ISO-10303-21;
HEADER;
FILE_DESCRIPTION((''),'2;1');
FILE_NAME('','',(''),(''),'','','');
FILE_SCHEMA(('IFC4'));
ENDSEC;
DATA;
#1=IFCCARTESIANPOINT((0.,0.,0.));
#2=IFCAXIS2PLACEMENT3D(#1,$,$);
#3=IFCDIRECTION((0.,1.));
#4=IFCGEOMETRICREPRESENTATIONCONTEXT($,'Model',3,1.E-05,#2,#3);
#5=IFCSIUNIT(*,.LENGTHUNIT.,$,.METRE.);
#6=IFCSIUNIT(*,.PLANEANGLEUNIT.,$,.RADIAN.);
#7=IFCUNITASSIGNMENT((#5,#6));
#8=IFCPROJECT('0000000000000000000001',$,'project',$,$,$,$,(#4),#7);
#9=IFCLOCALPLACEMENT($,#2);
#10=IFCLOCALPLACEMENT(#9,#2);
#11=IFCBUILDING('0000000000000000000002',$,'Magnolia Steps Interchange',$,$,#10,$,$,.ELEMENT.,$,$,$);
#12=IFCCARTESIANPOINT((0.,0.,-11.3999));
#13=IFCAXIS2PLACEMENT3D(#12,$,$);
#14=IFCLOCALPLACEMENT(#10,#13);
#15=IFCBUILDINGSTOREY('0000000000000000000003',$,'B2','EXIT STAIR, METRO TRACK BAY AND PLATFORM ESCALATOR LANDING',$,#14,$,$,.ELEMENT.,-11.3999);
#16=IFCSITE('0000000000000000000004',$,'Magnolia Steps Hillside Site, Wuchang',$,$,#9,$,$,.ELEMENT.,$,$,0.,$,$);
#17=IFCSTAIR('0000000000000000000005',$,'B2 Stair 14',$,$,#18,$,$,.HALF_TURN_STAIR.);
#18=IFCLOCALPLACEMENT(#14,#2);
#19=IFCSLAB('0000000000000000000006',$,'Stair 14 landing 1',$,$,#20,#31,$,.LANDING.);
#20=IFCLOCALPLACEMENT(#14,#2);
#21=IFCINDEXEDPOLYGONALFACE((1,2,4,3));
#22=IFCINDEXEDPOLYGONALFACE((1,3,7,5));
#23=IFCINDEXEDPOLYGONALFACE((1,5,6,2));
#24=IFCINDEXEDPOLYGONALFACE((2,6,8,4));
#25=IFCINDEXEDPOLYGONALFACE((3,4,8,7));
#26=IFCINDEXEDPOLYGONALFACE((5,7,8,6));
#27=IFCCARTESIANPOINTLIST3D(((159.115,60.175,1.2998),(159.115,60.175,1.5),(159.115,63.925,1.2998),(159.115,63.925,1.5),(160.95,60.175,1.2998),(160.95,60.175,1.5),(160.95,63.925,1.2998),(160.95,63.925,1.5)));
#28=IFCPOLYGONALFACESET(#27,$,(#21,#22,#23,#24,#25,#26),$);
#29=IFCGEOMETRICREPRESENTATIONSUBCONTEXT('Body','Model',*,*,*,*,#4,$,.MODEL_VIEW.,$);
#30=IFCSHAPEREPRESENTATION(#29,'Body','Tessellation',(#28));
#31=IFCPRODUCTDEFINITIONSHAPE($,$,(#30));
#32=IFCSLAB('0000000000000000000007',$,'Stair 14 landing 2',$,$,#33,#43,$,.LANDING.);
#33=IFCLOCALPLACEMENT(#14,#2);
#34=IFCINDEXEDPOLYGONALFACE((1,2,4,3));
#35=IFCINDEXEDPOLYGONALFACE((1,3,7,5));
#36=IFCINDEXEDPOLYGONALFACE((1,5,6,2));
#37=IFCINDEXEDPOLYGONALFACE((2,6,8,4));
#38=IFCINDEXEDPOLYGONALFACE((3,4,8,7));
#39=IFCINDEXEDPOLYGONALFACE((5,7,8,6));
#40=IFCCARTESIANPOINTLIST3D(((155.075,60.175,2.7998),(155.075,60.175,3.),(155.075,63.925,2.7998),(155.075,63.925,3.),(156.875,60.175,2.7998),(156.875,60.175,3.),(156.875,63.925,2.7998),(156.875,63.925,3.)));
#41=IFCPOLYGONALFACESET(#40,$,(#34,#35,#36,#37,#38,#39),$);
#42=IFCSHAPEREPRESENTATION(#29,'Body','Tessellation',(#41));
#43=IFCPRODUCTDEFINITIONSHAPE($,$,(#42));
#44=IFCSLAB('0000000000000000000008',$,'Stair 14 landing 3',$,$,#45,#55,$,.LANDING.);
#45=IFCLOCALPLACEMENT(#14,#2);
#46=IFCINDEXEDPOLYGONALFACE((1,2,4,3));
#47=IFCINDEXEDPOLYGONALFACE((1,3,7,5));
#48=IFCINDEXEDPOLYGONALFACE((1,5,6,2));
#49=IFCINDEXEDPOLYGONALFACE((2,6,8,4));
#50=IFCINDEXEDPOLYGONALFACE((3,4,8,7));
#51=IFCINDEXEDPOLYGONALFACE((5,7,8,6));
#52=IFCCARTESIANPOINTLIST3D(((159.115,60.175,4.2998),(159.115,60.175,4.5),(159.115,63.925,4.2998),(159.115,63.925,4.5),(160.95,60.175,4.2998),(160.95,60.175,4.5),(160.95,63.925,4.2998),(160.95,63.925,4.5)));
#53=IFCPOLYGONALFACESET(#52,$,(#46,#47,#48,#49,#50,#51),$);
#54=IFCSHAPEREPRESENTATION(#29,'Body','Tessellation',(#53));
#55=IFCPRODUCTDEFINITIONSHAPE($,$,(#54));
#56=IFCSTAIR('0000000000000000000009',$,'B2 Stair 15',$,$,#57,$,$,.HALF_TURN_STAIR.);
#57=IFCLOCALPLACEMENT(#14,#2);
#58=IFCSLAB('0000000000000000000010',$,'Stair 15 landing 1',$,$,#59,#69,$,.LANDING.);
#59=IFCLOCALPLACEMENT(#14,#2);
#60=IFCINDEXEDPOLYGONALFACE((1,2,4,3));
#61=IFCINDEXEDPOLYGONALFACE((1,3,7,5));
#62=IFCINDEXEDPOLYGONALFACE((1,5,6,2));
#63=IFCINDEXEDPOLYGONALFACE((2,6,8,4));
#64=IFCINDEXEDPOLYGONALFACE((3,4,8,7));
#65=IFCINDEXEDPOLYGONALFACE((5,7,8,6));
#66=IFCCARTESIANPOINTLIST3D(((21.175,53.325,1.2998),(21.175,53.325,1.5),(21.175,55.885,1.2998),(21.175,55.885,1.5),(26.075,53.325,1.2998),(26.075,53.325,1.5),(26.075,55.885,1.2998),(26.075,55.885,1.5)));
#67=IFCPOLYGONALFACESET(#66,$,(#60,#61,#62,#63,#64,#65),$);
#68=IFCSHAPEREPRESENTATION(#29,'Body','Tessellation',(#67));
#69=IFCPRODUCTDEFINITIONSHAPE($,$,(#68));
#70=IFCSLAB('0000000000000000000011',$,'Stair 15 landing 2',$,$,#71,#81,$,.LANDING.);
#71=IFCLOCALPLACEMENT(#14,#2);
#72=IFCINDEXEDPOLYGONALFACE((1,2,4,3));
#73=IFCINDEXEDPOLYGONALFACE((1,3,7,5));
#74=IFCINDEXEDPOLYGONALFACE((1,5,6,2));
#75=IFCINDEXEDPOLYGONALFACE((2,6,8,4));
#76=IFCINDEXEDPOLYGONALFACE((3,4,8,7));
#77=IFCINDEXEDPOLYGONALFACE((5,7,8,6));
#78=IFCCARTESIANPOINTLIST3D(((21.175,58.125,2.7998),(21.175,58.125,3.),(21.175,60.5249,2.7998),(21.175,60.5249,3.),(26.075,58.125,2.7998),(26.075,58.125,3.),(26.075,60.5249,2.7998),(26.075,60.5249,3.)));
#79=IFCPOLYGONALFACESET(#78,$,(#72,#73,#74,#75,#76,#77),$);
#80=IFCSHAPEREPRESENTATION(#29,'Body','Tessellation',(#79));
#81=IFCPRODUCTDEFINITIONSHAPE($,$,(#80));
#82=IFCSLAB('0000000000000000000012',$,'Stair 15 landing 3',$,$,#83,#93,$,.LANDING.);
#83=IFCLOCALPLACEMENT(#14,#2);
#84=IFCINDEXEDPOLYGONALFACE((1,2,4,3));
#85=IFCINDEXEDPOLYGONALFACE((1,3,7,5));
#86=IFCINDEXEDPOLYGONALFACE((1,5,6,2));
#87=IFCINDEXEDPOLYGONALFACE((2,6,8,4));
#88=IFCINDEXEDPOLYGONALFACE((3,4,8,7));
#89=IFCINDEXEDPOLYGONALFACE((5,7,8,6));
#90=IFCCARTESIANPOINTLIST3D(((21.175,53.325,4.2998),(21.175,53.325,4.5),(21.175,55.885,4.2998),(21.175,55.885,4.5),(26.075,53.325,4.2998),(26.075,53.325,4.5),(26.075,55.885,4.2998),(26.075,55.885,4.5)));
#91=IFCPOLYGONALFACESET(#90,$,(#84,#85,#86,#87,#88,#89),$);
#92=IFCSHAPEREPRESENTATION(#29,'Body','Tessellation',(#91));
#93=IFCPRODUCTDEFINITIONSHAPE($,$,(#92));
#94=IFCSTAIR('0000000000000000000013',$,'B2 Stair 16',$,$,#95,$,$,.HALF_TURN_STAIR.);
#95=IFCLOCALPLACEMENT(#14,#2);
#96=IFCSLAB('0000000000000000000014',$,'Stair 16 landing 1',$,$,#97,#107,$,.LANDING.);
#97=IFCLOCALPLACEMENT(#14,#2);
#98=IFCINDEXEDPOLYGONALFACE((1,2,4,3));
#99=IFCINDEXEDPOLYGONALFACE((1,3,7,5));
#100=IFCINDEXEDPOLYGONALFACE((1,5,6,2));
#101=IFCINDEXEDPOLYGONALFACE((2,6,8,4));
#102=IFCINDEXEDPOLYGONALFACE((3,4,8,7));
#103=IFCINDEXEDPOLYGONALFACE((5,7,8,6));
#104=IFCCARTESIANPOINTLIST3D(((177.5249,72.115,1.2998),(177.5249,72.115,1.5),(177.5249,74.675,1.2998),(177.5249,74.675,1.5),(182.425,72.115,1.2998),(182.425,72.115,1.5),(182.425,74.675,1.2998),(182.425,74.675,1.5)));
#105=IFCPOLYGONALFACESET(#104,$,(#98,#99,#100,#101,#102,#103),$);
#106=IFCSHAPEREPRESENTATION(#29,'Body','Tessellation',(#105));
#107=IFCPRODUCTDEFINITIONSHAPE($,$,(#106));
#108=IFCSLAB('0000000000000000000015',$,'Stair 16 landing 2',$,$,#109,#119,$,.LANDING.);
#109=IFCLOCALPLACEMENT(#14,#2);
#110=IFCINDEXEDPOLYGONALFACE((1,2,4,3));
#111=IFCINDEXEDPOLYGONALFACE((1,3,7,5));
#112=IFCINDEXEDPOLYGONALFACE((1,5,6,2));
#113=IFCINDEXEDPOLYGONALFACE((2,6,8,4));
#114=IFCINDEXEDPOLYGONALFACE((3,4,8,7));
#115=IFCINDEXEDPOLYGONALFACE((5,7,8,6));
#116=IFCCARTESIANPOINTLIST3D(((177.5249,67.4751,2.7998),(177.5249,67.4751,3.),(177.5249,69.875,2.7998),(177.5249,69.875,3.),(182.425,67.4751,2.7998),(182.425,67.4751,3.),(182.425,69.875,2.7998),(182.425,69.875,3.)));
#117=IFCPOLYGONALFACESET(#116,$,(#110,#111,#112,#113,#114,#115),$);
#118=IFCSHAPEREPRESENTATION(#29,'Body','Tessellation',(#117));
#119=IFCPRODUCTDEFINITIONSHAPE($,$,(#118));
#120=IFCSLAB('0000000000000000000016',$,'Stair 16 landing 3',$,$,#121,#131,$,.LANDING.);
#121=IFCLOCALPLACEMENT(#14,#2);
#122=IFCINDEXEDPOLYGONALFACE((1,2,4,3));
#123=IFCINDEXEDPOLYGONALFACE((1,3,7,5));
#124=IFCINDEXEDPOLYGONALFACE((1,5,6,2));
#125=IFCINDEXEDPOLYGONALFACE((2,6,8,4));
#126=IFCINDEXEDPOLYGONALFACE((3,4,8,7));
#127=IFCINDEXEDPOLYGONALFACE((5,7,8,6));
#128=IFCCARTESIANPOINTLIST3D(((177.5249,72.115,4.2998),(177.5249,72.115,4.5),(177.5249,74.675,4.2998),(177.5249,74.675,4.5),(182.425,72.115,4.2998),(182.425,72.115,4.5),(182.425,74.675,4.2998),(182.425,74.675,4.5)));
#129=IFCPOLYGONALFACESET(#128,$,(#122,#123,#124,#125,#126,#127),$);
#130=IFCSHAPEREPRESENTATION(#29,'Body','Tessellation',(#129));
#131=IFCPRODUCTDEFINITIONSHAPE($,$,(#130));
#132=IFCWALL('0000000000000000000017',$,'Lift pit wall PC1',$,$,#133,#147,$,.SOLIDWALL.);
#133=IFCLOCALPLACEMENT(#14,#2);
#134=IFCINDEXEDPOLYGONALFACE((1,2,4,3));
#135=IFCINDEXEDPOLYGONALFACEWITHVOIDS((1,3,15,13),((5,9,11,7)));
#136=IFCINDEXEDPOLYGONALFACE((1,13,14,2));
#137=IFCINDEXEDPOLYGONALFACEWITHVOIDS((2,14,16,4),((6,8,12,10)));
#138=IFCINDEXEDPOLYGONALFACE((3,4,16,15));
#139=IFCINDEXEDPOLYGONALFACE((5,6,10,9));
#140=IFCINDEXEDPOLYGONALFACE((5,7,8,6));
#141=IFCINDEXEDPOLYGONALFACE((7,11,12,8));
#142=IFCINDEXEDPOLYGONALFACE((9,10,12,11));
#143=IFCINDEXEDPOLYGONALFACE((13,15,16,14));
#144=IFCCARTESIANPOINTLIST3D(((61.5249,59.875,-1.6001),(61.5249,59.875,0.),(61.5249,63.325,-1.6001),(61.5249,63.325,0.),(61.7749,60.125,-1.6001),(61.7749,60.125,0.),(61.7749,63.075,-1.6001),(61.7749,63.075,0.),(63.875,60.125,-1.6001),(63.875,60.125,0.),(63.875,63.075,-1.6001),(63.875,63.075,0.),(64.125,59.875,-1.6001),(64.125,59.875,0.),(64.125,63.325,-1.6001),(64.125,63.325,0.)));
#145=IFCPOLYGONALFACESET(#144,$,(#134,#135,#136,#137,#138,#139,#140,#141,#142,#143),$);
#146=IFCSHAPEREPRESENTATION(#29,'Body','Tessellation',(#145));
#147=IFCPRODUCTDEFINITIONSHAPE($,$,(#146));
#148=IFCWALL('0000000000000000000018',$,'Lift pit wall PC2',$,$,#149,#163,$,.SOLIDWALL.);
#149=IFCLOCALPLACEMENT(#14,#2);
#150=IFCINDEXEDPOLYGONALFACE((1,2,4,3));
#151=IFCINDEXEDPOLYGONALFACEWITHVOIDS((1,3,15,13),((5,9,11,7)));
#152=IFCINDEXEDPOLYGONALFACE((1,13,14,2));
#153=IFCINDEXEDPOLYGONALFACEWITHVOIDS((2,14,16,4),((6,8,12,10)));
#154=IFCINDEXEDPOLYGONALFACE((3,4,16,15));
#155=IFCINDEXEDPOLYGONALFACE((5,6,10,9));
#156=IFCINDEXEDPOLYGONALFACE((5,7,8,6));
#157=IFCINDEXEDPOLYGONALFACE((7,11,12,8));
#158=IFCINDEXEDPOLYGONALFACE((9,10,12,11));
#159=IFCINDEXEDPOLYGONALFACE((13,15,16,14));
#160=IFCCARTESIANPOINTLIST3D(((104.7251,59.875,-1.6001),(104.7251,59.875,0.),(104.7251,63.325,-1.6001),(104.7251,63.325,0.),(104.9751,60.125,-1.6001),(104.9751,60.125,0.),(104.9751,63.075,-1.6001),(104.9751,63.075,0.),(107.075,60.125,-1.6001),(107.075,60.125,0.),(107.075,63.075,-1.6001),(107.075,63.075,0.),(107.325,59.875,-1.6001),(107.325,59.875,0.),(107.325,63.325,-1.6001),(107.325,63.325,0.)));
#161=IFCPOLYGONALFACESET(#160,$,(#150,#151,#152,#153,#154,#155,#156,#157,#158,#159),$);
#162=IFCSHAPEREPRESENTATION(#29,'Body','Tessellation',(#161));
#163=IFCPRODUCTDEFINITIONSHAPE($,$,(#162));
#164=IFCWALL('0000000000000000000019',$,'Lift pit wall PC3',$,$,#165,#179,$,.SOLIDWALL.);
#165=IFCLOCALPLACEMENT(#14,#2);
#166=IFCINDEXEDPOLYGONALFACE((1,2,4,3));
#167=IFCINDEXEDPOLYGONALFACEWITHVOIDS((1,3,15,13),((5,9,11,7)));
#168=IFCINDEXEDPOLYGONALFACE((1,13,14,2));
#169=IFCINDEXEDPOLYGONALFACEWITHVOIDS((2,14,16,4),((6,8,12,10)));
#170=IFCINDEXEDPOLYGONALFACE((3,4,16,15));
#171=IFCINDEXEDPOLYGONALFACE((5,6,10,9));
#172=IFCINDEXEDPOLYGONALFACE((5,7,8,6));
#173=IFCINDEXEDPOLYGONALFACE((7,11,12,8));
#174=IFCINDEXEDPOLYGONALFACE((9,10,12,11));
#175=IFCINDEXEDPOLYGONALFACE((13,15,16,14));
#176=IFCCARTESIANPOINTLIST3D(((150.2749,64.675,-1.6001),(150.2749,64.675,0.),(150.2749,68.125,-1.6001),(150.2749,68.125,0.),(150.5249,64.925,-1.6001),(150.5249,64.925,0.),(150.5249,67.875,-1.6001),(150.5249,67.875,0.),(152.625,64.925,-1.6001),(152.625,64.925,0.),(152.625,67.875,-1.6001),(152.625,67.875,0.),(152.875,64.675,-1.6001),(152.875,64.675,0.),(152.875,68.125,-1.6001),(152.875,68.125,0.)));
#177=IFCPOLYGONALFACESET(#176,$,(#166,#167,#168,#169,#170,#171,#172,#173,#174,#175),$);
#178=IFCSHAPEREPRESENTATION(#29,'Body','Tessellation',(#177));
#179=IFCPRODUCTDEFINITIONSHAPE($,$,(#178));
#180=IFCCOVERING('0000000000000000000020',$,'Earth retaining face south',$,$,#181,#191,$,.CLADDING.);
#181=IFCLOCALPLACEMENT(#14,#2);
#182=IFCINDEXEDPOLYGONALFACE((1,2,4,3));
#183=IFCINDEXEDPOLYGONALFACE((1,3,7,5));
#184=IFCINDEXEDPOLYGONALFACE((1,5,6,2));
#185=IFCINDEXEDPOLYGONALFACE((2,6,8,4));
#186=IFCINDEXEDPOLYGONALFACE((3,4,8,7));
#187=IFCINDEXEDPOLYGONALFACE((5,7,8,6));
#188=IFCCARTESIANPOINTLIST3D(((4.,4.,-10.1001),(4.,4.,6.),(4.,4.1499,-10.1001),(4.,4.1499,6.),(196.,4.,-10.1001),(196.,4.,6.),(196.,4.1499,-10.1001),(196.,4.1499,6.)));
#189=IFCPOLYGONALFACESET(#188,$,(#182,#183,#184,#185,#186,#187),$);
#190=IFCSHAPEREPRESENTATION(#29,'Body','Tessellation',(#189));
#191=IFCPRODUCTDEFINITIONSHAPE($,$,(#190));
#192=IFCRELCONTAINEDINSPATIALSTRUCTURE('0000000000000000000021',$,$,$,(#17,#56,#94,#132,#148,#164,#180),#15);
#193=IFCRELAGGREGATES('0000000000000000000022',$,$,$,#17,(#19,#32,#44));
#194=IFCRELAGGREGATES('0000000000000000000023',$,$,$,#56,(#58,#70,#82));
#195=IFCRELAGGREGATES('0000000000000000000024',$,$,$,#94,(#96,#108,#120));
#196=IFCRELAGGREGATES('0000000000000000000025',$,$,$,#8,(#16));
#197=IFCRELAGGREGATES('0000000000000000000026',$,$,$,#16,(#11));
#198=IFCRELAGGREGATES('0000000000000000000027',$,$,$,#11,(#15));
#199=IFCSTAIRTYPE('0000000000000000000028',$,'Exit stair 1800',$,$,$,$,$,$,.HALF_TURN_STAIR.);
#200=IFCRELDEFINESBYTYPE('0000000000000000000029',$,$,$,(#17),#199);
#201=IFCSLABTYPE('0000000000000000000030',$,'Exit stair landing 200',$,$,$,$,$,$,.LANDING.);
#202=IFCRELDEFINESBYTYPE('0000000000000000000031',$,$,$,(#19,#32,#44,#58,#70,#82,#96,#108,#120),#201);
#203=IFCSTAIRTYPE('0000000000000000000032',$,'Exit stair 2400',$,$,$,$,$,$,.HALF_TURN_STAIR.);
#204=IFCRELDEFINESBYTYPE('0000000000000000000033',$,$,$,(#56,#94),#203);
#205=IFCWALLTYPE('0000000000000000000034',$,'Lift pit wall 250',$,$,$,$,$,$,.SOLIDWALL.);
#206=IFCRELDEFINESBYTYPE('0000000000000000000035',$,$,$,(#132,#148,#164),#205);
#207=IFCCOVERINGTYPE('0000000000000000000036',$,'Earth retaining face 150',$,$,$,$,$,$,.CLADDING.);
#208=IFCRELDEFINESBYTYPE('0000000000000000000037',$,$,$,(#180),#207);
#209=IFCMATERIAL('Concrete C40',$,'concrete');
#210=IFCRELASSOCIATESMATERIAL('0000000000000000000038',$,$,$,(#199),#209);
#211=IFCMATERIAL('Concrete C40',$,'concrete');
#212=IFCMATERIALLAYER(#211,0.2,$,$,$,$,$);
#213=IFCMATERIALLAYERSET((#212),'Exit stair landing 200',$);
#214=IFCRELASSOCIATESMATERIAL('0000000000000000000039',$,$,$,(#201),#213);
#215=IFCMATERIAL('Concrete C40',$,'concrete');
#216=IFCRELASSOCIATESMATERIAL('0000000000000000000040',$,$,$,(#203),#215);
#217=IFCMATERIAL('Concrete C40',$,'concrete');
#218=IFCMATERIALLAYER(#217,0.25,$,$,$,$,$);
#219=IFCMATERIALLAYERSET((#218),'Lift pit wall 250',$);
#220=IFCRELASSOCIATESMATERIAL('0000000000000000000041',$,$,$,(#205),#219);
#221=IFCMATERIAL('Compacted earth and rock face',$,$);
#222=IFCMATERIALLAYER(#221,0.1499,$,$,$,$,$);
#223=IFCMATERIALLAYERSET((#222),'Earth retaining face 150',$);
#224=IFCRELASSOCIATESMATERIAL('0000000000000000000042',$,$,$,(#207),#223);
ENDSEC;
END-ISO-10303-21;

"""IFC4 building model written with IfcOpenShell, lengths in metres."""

from ifc_helpers import new_model, si_unit, direction, frame, frame_2d, origin, place, context, subcontext, project, spatial, polyline, rectangle, outline, extrude, material, layer, layer_set, type_object, element, aggregate, save


model = new_model("IFC4")

# Units and contexts
model_context = context("Model", 3, precision=1e-05, world=origin(), true_north=direction((0.0, 1.0)))
body_context = subcontext(model_context, "Body", "Model", "MODEL_VIEW")
ifc_project = project(units=[si_unit("LENGTHUNIT", "METRE"), si_unit("PLANEANGLEUNIT", "RADIAN")], contexts=[model_context])

# Site, building, storey
site_placement = place(None, origin())
site = spatial("IfcSite", under=ifc_project, at=site_placement, Name="Magnolia Steps Hillside Site, Wuchang", CompositionType="ELEMENT", RefElevation=0.0)
building_placement = place(site_placement, origin())
building = spatial("IfcBuilding", under=site, at=building_placement, Name="Magnolia Steps Interchange", CompositionType="ELEMENT")
storey_placement = place(building_placement, frame((0.0, 0.0, -11.3999)))
storey = spatial("IfcBuildingStorey", under=building, at=storey_placement, Name="B2", Description="EXIT STAIR, METRO TRACK BAY AND PLATFORM ESCALATOR LANDING", CompositionType="ELEMENT", Elevation=-11.3999)

# Stairs, slabs
ifc_material_1 = material(Name="Concrete C40", Category="concrete")
stair_type_1 = type_object("IfcStairType", Name="Exit stair 1800", PredefinedType="HALF_TURN_STAIR", material=ifc_material_1)
ifc_material_2 = material(Name="Concrete C40", Category="concrete")
ifc_layer_1 = layer(ifc_material_2, 0.2)
ifc_layer_set_1 = layer_set([ifc_layer_1], Name="Exit stair landing 200")
slab_type_1 = type_object("IfcSlabType", Name="Exit stair landing 200", PredefinedType="LANDING", material=ifc_layer_set_1)
stair_1_placement = place(storey_placement, origin())
stair_1 = element("IfcStair", 1, at=stair_1_placement, inside=storey, type_object=stair_type_1, Name="B2 Stair 14", PredefinedType="HALF_TURN_STAIR")
slab_1_placement = place(storey_placement, frame((0.0, 0.0, 1.2998)))
slab_1 = element("IfcSlab", 2, at=slab_1_placement, type_object=slab_type_1, Name="Stair 14 landing 1", PredefinedType="LANDING", context=body_context, shape_type="SweptSolid", body=[
    extrude(outline(polyline([(159.115, 60.175), (159.115, 63.925), (160.95, 63.925), (160.95, 60.175), (159.115, 60.175)])), origin(), (0.0, 0.0, 1.0), 0.2002),
])
slab_2_placement = place(storey_placement, frame((0.0, 0.0, 2.7998)))
slab_2 = element("IfcSlab", 3, at=slab_2_placement, type_object=slab_type_1, Name="Stair 14 landing 2", PredefinedType="LANDING", context=body_context, shape_type="SweptSolid", body=[
    extrude(outline(polyline([(155.075, 60.175), (156.875, 60.175), (156.875, 63.925), (155.075, 63.925), (155.075, 60.175)])), origin(), (0.0, 0.0, 1.0), 0.2002),
])
slab_3_placement = place(storey_placement, frame((0.0, 0.0, 4.2998)))
slab_3 = element("IfcSlab", 4, at=slab_3_placement, type_object=slab_type_1, Name="Stair 14 landing 3", PredefinedType="LANDING", context=body_context, shape_type="SweptSolid", body=[
    extrude(outline(polyline([(159.115, 60.175), (159.115, 63.925), (160.95, 63.925), (160.95, 60.175), (159.115, 60.175)])), origin(), (0.0, 0.0, 1.0), 0.2002),
])
aggregate(stair_1, [slab_1, slab_2, slab_3])
ifc_material_3 = material(Name="Concrete C40", Category="concrete")
stair_type_2 = type_object("IfcStairType", Name="Exit stair 2400", PredefinedType="HALF_TURN_STAIR", material=ifc_material_3)
stair_2_placement = place(storey_placement, origin())
stair_2 = element("IfcStair", 5, at=stair_2_placement, inside=storey, type_object=stair_type_2, Name="B2 Stair 15", PredefinedType="HALF_TURN_STAIR")
slab_4_placement = place(storey_placement, frame((0.0, 0.0, 1.2998)))
slab_4 = element("IfcSlab", 6, at=slab_4_placement, type_object=slab_type_1, Name="Stair 15 landing 1", PredefinedType="LANDING", context=body_context, shape_type="SweptSolid", body=[
    extrude(outline(polyline([(21.175, 55.885), (21.175, 53.325), (26.075, 53.325), (26.075, 55.885), (21.175, 55.885)])), origin(), (0.0, 0.0, 1.0), 0.2002),
])
slab_5_placement = place(storey_placement, frame((0.0, 0.0, 2.7998)))
slab_5 = element("IfcSlab", 7, at=slab_5_placement, type_object=slab_type_1, Name="Stair 15 landing 2", PredefinedType="LANDING", context=body_context, shape_type="SweptSolid", body=[
    extrude(outline(polyline([(21.175, 60.5249), (21.175, 58.125), (26.075, 58.125), (26.075, 60.5249), (21.175, 60.5249)])), origin(), (0.0, 0.0, 1.0), 0.2002),
])
slab_6_placement = place(storey_placement, frame((0.0, 0.0, 4.2998)))
slab_6 = element("IfcSlab", 8, at=slab_6_placement, type_object=slab_type_1, Name="Stair 15 landing 3", PredefinedType="LANDING", context=body_context, shape_type="SweptSolid", body=[
    extrude(outline(polyline([(21.175, 55.885), (21.175, 53.325), (26.075, 53.325), (26.075, 55.885), (21.175, 55.885)])), origin(), (0.0, 0.0, 1.0), 0.2002),
])
aggregate(stair_2, [slab_4, slab_5, slab_6])
stair_3_placement = place(storey_placement, origin())
stair_3 = element("IfcStair", 9, at=stair_3_placement, inside=storey, type_object=stair_type_2, Name="B2 Stair 16", PredefinedType="HALF_TURN_STAIR")
slab_7_placement = place(storey_placement, frame((0.0, 0.0, 1.2998)))
slab_7 = element("IfcSlab", 10, at=slab_7_placement, type_object=slab_type_1, Name="Stair 16 landing 1", PredefinedType="LANDING", context=body_context, shape_type="SweptSolid", body=[
    extrude(outline(polyline([(182.425, 72.115), (182.425, 74.675), (177.5249, 74.675), (177.5249, 72.115), (182.425, 72.115)])), origin(), (0.0, 0.0, 1.0), 0.2002),
])
slab_8_placement = place(storey_placement, frame((0.0, 0.0, 2.7998)))
slab_8 = element("IfcSlab", 11, at=slab_8_placement, type_object=slab_type_1, Name="Stair 16 landing 2", PredefinedType="LANDING", context=body_context, shape_type="SweptSolid", body=[
    extrude(outline(polyline([(182.425, 67.4751), (182.425, 69.875), (177.5249, 69.875), (177.5249, 67.4751), (182.425, 67.4751)])), origin(), (0.0, 0.0, 1.0), 0.2002),
])
slab_9_placement = place(storey_placement, frame((0.0, 0.0, 4.2998)))
slab_9 = element("IfcSlab", 12, at=slab_9_placement, type_object=slab_type_1, Name="Stair 16 landing 3", PredefinedType="LANDING", context=body_context, shape_type="SweptSolid", body=[
    extrude(outline(polyline([(182.425, 72.115), (182.425, 74.675), (177.5249, 74.675), (177.5249, 72.115), (182.425, 72.115)])), origin(), (0.0, 0.0, 1.0), 0.2002),
])
aggregate(stair_3, [slab_7, slab_8, slab_9])

# Walls
ifc_material_4 = material(Name="Concrete C40", Category="concrete")
ifc_layer_2 = layer(ifc_material_4, 0.25)
ifc_layer_set_2 = layer_set([ifc_layer_2], Name="Lift pit wall 250")
wall_type = type_object("IfcWallType", Name="Lift pit wall 250", PredefinedType="SOLIDWALL", material=ifc_layer_set_2)
wall_1_placement = place(storey_placement, frame((0.0, 0.0, -1.6001)))
element("IfcWall", 13, at=wall_1_placement, inside=storey, type_object=wall_type, Name="Lift pit wall PC1", PredefinedType="SOLIDWALL", context=body_context, shape_type="SweptSolid", body=[
    extrude(outline(polyline([(64.125, 59.875), (64.125, 63.325), (61.5249, 63.325), (61.5249, 59.875), (64.125, 59.875)]), holes=[polyline([(63.875, 63.075), (61.7749, 63.075), (61.7749, 60.125), (63.875, 60.125), (63.875, 63.075)])]), origin(), (0.0, 0.0, 1.0), 1.6001),
])
wall_2_placement = place(storey_placement, frame((0.0, 0.0, -1.6001)))
element("IfcWall", 14, at=wall_2_placement, inside=storey, type_object=wall_type, Name="Lift pit wall PC2", PredefinedType="SOLIDWALL", context=body_context, shape_type="SweptSolid", body=[
    extrude(outline(polyline([(107.325, 59.875), (107.325, 63.325), (104.7251, 63.325), (104.7251, 59.875), (107.325, 59.875)]), holes=[polyline([(107.075, 63.075), (104.9751, 63.075), (104.9751, 60.125), (107.075, 60.125), (107.075, 63.075)])]), origin(), (0.0, 0.0, 1.0), 1.6001),
])
wall_3_placement = place(storey_placement, frame((0.0, 0.0, -1.6001)))
element("IfcWall", 15, at=wall_3_placement, inside=storey, type_object=wall_type, Name="Lift pit wall PC3", PredefinedType="SOLIDWALL", context=body_context, shape_type="SweptSolid", body=[
    extrude(outline(polyline([(150.2749, 68.125), (150.2749, 64.675), (152.875, 64.675), (152.875, 68.125), (150.2749, 68.125)]), holes=[polyline([(150.5249, 64.925), (152.625, 64.925), (152.625, 67.875), (150.5249, 67.875), (150.5249, 64.925)])]), origin(), (0.0, 0.0, 1.0), 1.6001),
])

# Covering
ifc_material_5 = material(Name="Compacted earth and rock face")
ifc_layer_3 = layer(ifc_material_5, 0.1499)
ifc_layer_set_3 = layer_set([ifc_layer_3], Name="Earth retaining face 150")
covering_type = type_object("IfcCoveringType", Name="Earth retaining face 150", PredefinedType="CLADDING", material=ifc_layer_set_3)
covering_1_placement = place(storey_placement, frame((4.0, 4.075, -10.1001), z_axis=(0.0, 0.0, 1.0), x_axis=(1.0, 0.0, 0.0)))
element("IfcCovering", 16, at=covering_1_placement, inside=storey, type_object=covering_type, Name="Earth retaining face south", PredefinedType="CLADDING", context=body_context, shape_type="SweptSolid", body=[
    extrude(rectangle(XDim=192.0, YDim=0.1499, at=frame_2d((96.0, 0.0))), origin(), (0.0, 0.0, 1.0), 16.1001),
])

save(model, "model.ifc")
